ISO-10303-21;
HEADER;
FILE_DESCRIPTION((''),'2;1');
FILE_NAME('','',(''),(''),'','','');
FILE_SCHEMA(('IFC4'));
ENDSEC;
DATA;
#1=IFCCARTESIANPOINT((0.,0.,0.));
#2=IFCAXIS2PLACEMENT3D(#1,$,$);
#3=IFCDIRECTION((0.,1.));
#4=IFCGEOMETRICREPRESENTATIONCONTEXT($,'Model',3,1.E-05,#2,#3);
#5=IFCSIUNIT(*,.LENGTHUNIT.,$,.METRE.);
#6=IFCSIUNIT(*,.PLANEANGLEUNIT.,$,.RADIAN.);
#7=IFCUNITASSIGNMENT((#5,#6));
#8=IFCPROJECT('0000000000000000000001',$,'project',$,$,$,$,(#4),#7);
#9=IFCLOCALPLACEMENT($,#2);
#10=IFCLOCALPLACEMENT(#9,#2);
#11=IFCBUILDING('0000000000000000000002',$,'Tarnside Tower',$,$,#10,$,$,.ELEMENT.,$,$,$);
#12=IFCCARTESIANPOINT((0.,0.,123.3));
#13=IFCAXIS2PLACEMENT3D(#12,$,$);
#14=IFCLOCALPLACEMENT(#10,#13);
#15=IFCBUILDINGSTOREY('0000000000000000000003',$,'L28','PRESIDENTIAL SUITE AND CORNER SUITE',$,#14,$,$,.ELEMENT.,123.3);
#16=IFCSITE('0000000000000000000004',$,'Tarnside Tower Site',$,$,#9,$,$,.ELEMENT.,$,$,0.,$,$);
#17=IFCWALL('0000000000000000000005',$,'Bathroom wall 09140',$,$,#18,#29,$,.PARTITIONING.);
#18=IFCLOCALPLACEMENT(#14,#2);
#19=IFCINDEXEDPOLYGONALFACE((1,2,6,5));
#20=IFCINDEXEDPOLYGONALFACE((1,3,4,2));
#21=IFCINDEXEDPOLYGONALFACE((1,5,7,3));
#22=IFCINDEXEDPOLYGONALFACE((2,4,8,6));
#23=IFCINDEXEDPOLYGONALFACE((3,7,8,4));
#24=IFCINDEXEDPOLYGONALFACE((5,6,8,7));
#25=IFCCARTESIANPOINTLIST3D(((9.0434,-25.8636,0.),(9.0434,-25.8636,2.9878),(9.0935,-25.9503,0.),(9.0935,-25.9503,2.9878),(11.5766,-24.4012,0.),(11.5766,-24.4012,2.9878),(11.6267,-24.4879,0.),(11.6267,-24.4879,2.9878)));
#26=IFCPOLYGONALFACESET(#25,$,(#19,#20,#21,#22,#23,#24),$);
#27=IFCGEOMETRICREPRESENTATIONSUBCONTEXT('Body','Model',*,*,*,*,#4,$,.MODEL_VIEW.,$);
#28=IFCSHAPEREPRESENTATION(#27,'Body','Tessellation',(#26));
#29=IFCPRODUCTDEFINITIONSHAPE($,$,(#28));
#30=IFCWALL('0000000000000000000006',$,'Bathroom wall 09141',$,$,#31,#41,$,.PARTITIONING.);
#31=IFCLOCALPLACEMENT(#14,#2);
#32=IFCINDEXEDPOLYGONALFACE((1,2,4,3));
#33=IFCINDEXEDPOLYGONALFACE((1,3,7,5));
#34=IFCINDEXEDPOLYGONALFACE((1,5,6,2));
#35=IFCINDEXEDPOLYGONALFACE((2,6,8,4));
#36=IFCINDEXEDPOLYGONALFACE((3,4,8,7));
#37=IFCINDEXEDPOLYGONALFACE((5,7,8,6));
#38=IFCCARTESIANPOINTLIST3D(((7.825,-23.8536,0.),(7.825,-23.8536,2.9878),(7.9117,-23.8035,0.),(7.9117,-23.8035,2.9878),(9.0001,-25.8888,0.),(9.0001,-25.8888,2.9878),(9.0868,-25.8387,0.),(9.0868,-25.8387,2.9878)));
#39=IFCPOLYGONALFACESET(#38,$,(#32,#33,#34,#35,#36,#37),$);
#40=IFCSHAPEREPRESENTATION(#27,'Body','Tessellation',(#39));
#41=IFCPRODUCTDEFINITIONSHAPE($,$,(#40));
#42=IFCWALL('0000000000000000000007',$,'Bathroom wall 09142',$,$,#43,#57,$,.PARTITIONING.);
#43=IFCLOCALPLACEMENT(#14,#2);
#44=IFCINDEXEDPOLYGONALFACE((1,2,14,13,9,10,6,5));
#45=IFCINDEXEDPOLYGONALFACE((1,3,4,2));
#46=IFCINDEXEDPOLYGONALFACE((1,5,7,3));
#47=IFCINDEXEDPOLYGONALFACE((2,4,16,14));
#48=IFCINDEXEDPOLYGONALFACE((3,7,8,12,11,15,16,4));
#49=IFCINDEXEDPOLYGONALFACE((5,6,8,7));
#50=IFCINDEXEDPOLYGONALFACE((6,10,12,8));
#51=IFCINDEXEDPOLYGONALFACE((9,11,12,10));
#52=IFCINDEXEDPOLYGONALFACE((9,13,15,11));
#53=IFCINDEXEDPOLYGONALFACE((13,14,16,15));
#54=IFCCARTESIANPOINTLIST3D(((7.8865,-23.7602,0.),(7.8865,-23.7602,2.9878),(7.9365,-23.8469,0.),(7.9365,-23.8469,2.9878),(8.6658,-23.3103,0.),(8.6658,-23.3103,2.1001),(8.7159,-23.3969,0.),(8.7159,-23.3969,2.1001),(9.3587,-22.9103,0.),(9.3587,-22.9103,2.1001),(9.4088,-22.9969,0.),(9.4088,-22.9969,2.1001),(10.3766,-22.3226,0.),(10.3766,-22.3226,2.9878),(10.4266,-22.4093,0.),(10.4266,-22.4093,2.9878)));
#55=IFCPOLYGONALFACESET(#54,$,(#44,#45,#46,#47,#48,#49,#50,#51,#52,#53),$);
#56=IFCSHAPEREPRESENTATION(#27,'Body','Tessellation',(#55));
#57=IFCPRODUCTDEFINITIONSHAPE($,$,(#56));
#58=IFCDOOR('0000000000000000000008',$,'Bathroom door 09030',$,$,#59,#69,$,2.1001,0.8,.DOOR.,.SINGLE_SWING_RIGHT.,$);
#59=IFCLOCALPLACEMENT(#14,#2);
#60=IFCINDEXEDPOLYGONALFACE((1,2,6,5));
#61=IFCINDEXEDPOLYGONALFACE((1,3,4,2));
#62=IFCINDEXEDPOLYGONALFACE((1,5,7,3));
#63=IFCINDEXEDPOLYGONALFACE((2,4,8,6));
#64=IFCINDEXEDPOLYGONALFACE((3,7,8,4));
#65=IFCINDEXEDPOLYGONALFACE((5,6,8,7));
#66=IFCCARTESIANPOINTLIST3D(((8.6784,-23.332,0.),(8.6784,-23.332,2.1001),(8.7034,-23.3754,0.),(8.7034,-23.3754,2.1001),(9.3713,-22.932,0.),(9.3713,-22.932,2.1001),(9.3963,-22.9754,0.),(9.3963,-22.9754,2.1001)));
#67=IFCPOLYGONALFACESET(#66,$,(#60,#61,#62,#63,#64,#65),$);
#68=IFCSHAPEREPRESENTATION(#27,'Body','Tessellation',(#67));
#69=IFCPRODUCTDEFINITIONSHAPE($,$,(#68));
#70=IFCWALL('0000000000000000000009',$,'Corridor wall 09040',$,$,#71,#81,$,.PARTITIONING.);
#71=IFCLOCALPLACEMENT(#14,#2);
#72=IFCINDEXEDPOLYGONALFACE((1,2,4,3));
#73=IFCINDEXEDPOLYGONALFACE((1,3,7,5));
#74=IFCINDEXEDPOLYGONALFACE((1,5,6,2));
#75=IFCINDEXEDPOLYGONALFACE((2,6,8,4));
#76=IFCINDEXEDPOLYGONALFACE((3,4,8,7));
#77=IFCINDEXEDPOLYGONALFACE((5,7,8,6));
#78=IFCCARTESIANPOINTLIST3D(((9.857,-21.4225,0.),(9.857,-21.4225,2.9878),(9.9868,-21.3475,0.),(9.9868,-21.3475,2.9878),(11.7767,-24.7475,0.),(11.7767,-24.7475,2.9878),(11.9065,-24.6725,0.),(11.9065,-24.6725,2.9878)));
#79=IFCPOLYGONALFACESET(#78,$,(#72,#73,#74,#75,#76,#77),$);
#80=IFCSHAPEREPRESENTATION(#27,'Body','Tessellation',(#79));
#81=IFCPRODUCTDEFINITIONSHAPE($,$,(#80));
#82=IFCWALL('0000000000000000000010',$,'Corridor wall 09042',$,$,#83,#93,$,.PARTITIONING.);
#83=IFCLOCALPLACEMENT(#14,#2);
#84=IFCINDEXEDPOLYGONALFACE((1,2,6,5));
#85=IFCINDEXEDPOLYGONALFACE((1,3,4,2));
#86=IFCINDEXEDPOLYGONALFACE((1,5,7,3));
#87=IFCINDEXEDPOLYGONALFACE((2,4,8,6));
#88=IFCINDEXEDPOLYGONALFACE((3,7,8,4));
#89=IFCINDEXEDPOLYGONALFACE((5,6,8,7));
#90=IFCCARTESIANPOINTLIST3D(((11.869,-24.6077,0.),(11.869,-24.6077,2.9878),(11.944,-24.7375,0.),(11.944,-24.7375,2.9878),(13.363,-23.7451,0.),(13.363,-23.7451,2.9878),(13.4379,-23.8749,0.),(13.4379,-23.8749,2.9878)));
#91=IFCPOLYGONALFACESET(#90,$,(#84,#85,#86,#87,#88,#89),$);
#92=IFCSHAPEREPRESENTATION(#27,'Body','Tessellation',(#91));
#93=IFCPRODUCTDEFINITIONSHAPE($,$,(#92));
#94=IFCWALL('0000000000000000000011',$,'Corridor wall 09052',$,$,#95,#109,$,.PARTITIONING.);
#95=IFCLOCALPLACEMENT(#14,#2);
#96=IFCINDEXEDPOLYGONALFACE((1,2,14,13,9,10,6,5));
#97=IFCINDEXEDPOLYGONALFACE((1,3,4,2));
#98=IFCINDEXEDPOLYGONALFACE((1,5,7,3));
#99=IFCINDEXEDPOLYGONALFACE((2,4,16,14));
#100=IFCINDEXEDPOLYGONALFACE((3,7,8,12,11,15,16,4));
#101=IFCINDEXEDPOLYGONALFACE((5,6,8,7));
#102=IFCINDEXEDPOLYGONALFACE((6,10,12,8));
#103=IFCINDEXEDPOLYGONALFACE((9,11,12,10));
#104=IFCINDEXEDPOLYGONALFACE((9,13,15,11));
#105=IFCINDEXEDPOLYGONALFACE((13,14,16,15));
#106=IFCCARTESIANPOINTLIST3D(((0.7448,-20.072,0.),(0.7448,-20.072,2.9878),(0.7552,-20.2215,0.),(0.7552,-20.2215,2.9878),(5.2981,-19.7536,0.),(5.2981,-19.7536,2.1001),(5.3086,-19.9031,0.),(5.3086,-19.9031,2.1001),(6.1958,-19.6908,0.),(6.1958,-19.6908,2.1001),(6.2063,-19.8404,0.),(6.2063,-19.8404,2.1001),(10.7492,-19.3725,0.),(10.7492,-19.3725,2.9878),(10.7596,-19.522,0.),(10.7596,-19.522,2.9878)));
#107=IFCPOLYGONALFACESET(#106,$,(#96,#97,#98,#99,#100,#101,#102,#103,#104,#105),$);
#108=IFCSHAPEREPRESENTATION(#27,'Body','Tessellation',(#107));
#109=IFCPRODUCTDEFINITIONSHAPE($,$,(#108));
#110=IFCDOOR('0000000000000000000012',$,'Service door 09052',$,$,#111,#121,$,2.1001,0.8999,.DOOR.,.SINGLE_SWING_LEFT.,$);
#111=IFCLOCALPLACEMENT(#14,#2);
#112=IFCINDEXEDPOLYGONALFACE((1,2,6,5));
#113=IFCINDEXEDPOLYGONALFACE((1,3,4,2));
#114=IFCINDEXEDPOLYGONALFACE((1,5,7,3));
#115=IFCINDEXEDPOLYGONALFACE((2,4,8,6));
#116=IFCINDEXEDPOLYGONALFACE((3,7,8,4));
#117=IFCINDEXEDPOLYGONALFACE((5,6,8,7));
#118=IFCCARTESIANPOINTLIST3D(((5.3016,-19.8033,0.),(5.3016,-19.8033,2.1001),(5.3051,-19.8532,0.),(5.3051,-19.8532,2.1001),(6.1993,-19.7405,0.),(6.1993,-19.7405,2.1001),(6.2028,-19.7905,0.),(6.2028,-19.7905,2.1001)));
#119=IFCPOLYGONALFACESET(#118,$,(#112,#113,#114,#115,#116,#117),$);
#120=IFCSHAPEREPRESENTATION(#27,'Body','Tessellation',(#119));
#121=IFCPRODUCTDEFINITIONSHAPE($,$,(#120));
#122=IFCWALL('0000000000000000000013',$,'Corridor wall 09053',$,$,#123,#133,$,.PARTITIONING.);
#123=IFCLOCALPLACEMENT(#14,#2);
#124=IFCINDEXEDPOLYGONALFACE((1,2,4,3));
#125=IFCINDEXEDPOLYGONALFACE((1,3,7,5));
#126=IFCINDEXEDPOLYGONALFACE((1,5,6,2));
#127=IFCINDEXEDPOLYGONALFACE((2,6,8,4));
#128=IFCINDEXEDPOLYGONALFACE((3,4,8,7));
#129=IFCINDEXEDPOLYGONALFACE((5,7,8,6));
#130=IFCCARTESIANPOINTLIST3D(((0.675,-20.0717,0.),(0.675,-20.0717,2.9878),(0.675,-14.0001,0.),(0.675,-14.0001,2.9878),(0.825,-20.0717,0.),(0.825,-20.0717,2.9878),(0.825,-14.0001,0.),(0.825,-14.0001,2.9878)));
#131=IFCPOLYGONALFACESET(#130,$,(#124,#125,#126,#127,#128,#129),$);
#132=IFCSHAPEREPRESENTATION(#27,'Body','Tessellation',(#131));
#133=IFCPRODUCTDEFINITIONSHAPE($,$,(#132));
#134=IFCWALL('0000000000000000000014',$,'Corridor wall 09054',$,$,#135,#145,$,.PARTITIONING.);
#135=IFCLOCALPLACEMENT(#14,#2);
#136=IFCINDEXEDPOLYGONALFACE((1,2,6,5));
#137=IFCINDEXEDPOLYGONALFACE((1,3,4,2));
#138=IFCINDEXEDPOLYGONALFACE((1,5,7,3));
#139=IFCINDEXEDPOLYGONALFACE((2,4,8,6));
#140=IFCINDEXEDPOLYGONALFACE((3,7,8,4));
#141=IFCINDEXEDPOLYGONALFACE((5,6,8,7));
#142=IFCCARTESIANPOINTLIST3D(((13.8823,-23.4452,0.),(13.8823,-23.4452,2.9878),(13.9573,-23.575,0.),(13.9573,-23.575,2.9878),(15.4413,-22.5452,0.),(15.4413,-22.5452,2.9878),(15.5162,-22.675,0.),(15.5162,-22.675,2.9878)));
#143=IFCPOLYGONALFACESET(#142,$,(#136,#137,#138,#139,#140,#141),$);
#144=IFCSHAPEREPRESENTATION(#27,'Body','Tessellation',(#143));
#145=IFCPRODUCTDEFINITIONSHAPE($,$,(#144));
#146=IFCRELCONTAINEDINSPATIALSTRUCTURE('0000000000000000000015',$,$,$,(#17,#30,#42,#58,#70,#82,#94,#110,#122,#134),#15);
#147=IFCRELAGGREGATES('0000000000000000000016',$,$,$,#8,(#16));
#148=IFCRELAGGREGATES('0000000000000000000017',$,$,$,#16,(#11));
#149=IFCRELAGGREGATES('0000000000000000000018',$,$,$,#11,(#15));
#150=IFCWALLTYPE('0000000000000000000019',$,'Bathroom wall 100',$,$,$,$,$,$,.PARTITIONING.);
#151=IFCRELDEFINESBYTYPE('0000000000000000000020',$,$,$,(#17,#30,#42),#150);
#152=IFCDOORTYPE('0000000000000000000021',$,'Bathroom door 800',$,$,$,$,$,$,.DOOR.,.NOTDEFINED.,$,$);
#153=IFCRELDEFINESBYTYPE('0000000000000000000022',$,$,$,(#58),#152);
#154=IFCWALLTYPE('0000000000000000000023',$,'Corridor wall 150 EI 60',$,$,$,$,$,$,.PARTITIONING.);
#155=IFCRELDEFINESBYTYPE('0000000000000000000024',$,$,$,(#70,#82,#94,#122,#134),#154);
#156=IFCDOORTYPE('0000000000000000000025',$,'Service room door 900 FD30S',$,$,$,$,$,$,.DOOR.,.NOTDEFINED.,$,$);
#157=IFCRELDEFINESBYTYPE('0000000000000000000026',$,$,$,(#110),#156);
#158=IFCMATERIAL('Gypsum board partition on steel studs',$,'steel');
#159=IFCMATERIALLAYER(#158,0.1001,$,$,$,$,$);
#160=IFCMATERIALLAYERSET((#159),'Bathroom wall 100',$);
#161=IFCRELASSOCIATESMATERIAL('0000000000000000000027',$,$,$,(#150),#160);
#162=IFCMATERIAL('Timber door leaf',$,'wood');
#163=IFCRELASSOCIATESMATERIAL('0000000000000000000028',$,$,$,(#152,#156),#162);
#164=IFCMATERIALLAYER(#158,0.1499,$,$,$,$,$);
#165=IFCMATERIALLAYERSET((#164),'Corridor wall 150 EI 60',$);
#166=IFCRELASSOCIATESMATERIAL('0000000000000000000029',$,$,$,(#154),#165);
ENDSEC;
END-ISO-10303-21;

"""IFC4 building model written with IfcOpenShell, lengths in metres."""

from ifc_helpers import new_model, si_unit, direction, frame, frame_2d, origin, place, context, subcontext, project, spatial, rectangle, extrude, material, layer, layer_set, type_object, element, fill, save


model = new_model("IFC4")

# Units and contexts
model_context = context("Model", 3, precision=1e-05, world=origin(), true_north=direction((0.0, 1.0)))
body_context = subcontext(model_context, "Body", "Model", "MODEL_VIEW")
ifc_project = project(units=[si_unit("LENGTHUNIT", "METRE"), si_unit("PLANEANGLEUNIT", "RADIAN")], contexts=[model_context])

# Site, building, storey
site_placement = place(None, origin())
site = spatial("IfcSite", under=ifc_project, at=site_placement, Name="Tarnside Tower Site", CompositionType="ELEMENT", RefElevation=0.0)
building_placement = place(site_placement, origin())
building = spatial("IfcBuilding", under=site, at=building_placement, Name="Tarnside Tower", CompositionType="ELEMENT")
storey_placement = place(building_placement, frame((0.0, 0.0, 123.3)))
storey = spatial("IfcBuildingStorey", under=building, at=storey_placement, Name="L28", Description="PRESIDENTIAL SUITE AND CORNER SUITE", CompositionType="ELEMENT", Elevation=123.3)

# Walls
ifc_material_1 = material(Name="Gypsum board partition on steel studs", Category="steel")
ifc_layer_1 = layer(ifc_material_1, 0.1001)
ifc_layer_set_1 = layer_set([ifc_layer_1], Name="Bathroom wall 100")
wall_type_1 = type_object("IfcWallType", Name="Bathroom wall 100", PredefinedType="PARTITIONING", material=ifc_layer_set_1)
wall_1_placement = place(storey_placement, frame((11.6016, -24.4446, 0.0), z_axis=(0.0, 0.0, 1.0), x_axis=(-0.866047, -0.499963, 0.0)))
element("IfcWall", 1, at=wall_1_placement, inside=storey, type_object=wall_type_1, Name="Bathroom wall 09140", PredefinedType="PARTITIONING", context=body_context, shape_type="SweptSolid", body=[
    extrude(rectangle(XDim=2.925, YDim=0.1001, at=frame_2d((1.4624, 0.0))), origin(), (0.0, 0.0, 1.0), 2.9878),
])
wall_2_placement = place(storey_placement, frame((9.0435, -25.8638, 0.0), z_axis=(0.0, 0.0, 1.0), x_axis=(-0.500016, 0.866016, 0.0)))
element("IfcWall", 2, at=wall_2_placement, inside=storey, type_object=wall_type_1, Name="Bathroom wall 09141", PredefinedType="PARTITIONING", context=body_context, shape_type="SweptSolid", body=[
    extrude(rectangle(XDim=2.3501, YDim=0.1001, at=frame_2d((1.175, 0.0))), origin(), (0.0, 0.0, 1.0), 2.9878),
])

# Wall, opening, door
wall_3_placement = place(storey_placement, frame((7.9116, -23.8035, 0.0), z_axis=(0.0, 0.0, 1.0), x_axis=(0.86604, 0.499975, 0.0)))
wall_3 = element("IfcWall", 3, at=wall_3_placement, inside=storey, type_object=wall_type_1, Name="Bathroom wall 09142", PredefinedType="PARTITIONING", context=body_context, shape_type="SweptSolid", body=[
    extrude(rectangle(XDim=2.8752, YDim=0.1001, at=frame_2d((1.4375, 0.0))), origin(), (0.0, 0.0, 1.0), 2.9878),
])
opening_1_placement = place(wall_3_placement, frame((0.8999, 0.0, 0.0)))
opening_1 = element("IfcOpeningElement", 4, at=opening_1_placement, cuts=wall_3, PredefinedType="OPENING", context=body_context, shape_type="SweptSolid", body=[
    extrude(rectangle(XDim=0.8, YDim=2.1001, at=frame_2d((0.3999, 1.05))), frame((0.0, 0.0601, 0.0), z_axis=(0.0, -1.0, 0.0), x_axis=(1.0, 0.0, 0.0)), (0.0, 0.0, 1.0), 0.1201),
])
ifc_material_2 = material(Name="Timber door leaf", Category="wood")
door_type_1 = type_object("IfcDoorType", Name="Bathroom door 800", OperationType="NOTDEFINED", PredefinedType="DOOR", material=ifc_material_2)
door_1_placement = place(opening_1_placement, origin())
door_1 = element("IfcDoor", 5, at=door_1_placement, inside=storey, type_object=door_type_1, Name="Bathroom door 09030", OperationType="SINGLE_SWING_RIGHT", OverallHeight=2.1001, OverallWidth=0.8, PredefinedType="DOOR", context=body_context, shape_type="SweptSolid", body=[
    extrude(rectangle(XDim=0.8, YDim=2.1001, at=frame_2d((0.3999, 1.05))), frame((0.0, 0.0249, 0.0), z_axis=(0.0, -1.0, 0.0), x_axis=(1.0, 0.0, 0.0)), (0.0, 0.0, 1.0), 0.05),
])
fill(opening_1, door_1)

# Walls
ifc_layer_2 = layer(ifc_material_1, 0.1499)
ifc_layer_set_2 = layer_set([ifc_layer_2], Name="Corridor wall 150 EI 60")
wall_type_2 = type_object("IfcWallType", Name="Corridor wall 150 EI 60", PredefinedType="PARTITIONING", material=ifc_layer_set_2)
wall_4_placement = place(storey_placement, frame((9.9219, -21.385, 0.0), z_axis=(0.0, 0.0, 1.0), x_axis=(0.500003, -0.866024, 0.0)))
element("IfcWall", 6, at=wall_4_placement, inside=storey, type_object=wall_type_2, Name="Corridor wall 09040", PredefinedType="PARTITIONING", context=body_context, shape_type="SweptSolid", body=[
    extrude(rectangle(XDim=3.8394, YDim=0.1499, at=frame_2d((1.9197, 0.0))), origin(), (0.0, 0.0, 1.0), 2.9878),
])
wall_5_placement = place(storey_placement, frame((11.9065, -24.6726, 0.0), z_axis=(0.0, 0.0, 1.0), x_axis=(0.866014, 0.500021, 0.0)))
element("IfcWall", 7, at=wall_5_placement, inside=storey, type_object=wall_type_2, Name="Corridor wall 09042", PredefinedType="PARTITIONING", context=body_context, shape_type="SweptSolid", body=[
    extrude(rectangle(XDim=1.7251, YDim=0.1499, at=frame_2d((0.8625, 0.0))), origin(), (0.0, 0.0, 1.0), 2.9878),
])

# Wall, opening, door
wall_6_placement = place(storey_placement, frame((10.7544, -19.4473, 0.0), z_axis=(0.0, 0.0, 1.0), x_axis=(-0.997565, -0.069745, 0.0)))
wall_6 = element("IfcWall", 8, at=wall_6_placement, inside=storey, type_object=wall_type_2, Name="Corridor wall 09052", PredefinedType="PARTITIONING", context=body_context, shape_type="SweptSolid", body=[
    extrude(rectangle(XDim=10.0288, YDim=0.1499, at=frame_2d((5.0144, 0.0))), origin(), (0.0, 0.0, 1.0), 2.9878),
])
opening_2_placement = place(wall_6_placement, frame((4.5645, 0.0, 0.0)))
opening_2 = element("IfcOpeningElement", 9, at=opening_2_placement, cuts=wall_6, PredefinedType="OPENING", context=body_context, shape_type="SweptSolid", body=[
    extrude(rectangle(XDim=0.8999, YDim=2.1001, at=frame_2d((0.45, 1.05))), frame((0.0, 0.085, 0.0), z_axis=(0.0, -1.0, 0.0), x_axis=(1.0, 0.0, 0.0)), (0.0, 0.0, 1.0), 0.1699),
])
door_type_2 = type_object("IfcDoorType", Name="Service room door 900 FD30S", OperationType="NOTDEFINED", PredefinedType="DOOR", material=ifc_material_2)
door_2_placement = place(opening_2_placement, origin())
door_2 = element("IfcDoor", 10, at=door_2_placement, inside=storey, type_object=door_type_2, Name="Service door 09052", OperationType="SINGLE_SWING_LEFT", OverallHeight=2.1001, OverallWidth=0.8999, PredefinedType="DOOR", context=body_context, shape_type="SweptSolid", body=[
    extrude(rectangle(XDim=0.8999, YDim=2.1001, at=frame_2d((0.45, 1.05))), frame((0.0, 0.0249, 0.0), z_axis=(0.0, -1.0, 0.0), x_axis=(1.0, 0.0, 0.0)), (0.0, 0.0, 1.0), 0.05),
])
fill(opening_2, door_2)

# Walls
wall_7_placement = place(storey_placement, frame((0.75, -20.0715, 0.0), z_axis=(0.0, 0.0, 1.0), x_axis=(0.0, 1.0, 0.0)))
element("IfcWall", 11, at=wall_7_placement, inside=storey, type_object=wall_type_2, Name="Corridor wall 09053", PredefinedType="PARTITIONING", context=body_context, shape_type="SweptSolid", body=[
    extrude(rectangle(XDim=6.0715, YDim=0.1499, at=frame_2d((3.0356, 0.0))), origin(), (0.0, 0.0, 1.0), 2.9878),
])
wall_8_placement = place(storey_placement, frame((13.9199, -23.51, 0.0), z_axis=(0.0, 0.0, 1.0), x_axis=(0.866048, 0.499961, 0.0)))
element("IfcWall", 12, at=wall_8_placement, inside=storey, type_object=wall_type_2, Name="Corridor wall 09054", PredefinedType="PARTITIONING", context=body_context, shape_type="SweptSolid", body=[
    extrude(rectangle(XDim=1.8, YDim=0.1499, at=frame_2d((0.8999, 0.0))), origin(), (0.0, 0.0, 1.0), 2.9878),
])

save(model, "model.ifc")
